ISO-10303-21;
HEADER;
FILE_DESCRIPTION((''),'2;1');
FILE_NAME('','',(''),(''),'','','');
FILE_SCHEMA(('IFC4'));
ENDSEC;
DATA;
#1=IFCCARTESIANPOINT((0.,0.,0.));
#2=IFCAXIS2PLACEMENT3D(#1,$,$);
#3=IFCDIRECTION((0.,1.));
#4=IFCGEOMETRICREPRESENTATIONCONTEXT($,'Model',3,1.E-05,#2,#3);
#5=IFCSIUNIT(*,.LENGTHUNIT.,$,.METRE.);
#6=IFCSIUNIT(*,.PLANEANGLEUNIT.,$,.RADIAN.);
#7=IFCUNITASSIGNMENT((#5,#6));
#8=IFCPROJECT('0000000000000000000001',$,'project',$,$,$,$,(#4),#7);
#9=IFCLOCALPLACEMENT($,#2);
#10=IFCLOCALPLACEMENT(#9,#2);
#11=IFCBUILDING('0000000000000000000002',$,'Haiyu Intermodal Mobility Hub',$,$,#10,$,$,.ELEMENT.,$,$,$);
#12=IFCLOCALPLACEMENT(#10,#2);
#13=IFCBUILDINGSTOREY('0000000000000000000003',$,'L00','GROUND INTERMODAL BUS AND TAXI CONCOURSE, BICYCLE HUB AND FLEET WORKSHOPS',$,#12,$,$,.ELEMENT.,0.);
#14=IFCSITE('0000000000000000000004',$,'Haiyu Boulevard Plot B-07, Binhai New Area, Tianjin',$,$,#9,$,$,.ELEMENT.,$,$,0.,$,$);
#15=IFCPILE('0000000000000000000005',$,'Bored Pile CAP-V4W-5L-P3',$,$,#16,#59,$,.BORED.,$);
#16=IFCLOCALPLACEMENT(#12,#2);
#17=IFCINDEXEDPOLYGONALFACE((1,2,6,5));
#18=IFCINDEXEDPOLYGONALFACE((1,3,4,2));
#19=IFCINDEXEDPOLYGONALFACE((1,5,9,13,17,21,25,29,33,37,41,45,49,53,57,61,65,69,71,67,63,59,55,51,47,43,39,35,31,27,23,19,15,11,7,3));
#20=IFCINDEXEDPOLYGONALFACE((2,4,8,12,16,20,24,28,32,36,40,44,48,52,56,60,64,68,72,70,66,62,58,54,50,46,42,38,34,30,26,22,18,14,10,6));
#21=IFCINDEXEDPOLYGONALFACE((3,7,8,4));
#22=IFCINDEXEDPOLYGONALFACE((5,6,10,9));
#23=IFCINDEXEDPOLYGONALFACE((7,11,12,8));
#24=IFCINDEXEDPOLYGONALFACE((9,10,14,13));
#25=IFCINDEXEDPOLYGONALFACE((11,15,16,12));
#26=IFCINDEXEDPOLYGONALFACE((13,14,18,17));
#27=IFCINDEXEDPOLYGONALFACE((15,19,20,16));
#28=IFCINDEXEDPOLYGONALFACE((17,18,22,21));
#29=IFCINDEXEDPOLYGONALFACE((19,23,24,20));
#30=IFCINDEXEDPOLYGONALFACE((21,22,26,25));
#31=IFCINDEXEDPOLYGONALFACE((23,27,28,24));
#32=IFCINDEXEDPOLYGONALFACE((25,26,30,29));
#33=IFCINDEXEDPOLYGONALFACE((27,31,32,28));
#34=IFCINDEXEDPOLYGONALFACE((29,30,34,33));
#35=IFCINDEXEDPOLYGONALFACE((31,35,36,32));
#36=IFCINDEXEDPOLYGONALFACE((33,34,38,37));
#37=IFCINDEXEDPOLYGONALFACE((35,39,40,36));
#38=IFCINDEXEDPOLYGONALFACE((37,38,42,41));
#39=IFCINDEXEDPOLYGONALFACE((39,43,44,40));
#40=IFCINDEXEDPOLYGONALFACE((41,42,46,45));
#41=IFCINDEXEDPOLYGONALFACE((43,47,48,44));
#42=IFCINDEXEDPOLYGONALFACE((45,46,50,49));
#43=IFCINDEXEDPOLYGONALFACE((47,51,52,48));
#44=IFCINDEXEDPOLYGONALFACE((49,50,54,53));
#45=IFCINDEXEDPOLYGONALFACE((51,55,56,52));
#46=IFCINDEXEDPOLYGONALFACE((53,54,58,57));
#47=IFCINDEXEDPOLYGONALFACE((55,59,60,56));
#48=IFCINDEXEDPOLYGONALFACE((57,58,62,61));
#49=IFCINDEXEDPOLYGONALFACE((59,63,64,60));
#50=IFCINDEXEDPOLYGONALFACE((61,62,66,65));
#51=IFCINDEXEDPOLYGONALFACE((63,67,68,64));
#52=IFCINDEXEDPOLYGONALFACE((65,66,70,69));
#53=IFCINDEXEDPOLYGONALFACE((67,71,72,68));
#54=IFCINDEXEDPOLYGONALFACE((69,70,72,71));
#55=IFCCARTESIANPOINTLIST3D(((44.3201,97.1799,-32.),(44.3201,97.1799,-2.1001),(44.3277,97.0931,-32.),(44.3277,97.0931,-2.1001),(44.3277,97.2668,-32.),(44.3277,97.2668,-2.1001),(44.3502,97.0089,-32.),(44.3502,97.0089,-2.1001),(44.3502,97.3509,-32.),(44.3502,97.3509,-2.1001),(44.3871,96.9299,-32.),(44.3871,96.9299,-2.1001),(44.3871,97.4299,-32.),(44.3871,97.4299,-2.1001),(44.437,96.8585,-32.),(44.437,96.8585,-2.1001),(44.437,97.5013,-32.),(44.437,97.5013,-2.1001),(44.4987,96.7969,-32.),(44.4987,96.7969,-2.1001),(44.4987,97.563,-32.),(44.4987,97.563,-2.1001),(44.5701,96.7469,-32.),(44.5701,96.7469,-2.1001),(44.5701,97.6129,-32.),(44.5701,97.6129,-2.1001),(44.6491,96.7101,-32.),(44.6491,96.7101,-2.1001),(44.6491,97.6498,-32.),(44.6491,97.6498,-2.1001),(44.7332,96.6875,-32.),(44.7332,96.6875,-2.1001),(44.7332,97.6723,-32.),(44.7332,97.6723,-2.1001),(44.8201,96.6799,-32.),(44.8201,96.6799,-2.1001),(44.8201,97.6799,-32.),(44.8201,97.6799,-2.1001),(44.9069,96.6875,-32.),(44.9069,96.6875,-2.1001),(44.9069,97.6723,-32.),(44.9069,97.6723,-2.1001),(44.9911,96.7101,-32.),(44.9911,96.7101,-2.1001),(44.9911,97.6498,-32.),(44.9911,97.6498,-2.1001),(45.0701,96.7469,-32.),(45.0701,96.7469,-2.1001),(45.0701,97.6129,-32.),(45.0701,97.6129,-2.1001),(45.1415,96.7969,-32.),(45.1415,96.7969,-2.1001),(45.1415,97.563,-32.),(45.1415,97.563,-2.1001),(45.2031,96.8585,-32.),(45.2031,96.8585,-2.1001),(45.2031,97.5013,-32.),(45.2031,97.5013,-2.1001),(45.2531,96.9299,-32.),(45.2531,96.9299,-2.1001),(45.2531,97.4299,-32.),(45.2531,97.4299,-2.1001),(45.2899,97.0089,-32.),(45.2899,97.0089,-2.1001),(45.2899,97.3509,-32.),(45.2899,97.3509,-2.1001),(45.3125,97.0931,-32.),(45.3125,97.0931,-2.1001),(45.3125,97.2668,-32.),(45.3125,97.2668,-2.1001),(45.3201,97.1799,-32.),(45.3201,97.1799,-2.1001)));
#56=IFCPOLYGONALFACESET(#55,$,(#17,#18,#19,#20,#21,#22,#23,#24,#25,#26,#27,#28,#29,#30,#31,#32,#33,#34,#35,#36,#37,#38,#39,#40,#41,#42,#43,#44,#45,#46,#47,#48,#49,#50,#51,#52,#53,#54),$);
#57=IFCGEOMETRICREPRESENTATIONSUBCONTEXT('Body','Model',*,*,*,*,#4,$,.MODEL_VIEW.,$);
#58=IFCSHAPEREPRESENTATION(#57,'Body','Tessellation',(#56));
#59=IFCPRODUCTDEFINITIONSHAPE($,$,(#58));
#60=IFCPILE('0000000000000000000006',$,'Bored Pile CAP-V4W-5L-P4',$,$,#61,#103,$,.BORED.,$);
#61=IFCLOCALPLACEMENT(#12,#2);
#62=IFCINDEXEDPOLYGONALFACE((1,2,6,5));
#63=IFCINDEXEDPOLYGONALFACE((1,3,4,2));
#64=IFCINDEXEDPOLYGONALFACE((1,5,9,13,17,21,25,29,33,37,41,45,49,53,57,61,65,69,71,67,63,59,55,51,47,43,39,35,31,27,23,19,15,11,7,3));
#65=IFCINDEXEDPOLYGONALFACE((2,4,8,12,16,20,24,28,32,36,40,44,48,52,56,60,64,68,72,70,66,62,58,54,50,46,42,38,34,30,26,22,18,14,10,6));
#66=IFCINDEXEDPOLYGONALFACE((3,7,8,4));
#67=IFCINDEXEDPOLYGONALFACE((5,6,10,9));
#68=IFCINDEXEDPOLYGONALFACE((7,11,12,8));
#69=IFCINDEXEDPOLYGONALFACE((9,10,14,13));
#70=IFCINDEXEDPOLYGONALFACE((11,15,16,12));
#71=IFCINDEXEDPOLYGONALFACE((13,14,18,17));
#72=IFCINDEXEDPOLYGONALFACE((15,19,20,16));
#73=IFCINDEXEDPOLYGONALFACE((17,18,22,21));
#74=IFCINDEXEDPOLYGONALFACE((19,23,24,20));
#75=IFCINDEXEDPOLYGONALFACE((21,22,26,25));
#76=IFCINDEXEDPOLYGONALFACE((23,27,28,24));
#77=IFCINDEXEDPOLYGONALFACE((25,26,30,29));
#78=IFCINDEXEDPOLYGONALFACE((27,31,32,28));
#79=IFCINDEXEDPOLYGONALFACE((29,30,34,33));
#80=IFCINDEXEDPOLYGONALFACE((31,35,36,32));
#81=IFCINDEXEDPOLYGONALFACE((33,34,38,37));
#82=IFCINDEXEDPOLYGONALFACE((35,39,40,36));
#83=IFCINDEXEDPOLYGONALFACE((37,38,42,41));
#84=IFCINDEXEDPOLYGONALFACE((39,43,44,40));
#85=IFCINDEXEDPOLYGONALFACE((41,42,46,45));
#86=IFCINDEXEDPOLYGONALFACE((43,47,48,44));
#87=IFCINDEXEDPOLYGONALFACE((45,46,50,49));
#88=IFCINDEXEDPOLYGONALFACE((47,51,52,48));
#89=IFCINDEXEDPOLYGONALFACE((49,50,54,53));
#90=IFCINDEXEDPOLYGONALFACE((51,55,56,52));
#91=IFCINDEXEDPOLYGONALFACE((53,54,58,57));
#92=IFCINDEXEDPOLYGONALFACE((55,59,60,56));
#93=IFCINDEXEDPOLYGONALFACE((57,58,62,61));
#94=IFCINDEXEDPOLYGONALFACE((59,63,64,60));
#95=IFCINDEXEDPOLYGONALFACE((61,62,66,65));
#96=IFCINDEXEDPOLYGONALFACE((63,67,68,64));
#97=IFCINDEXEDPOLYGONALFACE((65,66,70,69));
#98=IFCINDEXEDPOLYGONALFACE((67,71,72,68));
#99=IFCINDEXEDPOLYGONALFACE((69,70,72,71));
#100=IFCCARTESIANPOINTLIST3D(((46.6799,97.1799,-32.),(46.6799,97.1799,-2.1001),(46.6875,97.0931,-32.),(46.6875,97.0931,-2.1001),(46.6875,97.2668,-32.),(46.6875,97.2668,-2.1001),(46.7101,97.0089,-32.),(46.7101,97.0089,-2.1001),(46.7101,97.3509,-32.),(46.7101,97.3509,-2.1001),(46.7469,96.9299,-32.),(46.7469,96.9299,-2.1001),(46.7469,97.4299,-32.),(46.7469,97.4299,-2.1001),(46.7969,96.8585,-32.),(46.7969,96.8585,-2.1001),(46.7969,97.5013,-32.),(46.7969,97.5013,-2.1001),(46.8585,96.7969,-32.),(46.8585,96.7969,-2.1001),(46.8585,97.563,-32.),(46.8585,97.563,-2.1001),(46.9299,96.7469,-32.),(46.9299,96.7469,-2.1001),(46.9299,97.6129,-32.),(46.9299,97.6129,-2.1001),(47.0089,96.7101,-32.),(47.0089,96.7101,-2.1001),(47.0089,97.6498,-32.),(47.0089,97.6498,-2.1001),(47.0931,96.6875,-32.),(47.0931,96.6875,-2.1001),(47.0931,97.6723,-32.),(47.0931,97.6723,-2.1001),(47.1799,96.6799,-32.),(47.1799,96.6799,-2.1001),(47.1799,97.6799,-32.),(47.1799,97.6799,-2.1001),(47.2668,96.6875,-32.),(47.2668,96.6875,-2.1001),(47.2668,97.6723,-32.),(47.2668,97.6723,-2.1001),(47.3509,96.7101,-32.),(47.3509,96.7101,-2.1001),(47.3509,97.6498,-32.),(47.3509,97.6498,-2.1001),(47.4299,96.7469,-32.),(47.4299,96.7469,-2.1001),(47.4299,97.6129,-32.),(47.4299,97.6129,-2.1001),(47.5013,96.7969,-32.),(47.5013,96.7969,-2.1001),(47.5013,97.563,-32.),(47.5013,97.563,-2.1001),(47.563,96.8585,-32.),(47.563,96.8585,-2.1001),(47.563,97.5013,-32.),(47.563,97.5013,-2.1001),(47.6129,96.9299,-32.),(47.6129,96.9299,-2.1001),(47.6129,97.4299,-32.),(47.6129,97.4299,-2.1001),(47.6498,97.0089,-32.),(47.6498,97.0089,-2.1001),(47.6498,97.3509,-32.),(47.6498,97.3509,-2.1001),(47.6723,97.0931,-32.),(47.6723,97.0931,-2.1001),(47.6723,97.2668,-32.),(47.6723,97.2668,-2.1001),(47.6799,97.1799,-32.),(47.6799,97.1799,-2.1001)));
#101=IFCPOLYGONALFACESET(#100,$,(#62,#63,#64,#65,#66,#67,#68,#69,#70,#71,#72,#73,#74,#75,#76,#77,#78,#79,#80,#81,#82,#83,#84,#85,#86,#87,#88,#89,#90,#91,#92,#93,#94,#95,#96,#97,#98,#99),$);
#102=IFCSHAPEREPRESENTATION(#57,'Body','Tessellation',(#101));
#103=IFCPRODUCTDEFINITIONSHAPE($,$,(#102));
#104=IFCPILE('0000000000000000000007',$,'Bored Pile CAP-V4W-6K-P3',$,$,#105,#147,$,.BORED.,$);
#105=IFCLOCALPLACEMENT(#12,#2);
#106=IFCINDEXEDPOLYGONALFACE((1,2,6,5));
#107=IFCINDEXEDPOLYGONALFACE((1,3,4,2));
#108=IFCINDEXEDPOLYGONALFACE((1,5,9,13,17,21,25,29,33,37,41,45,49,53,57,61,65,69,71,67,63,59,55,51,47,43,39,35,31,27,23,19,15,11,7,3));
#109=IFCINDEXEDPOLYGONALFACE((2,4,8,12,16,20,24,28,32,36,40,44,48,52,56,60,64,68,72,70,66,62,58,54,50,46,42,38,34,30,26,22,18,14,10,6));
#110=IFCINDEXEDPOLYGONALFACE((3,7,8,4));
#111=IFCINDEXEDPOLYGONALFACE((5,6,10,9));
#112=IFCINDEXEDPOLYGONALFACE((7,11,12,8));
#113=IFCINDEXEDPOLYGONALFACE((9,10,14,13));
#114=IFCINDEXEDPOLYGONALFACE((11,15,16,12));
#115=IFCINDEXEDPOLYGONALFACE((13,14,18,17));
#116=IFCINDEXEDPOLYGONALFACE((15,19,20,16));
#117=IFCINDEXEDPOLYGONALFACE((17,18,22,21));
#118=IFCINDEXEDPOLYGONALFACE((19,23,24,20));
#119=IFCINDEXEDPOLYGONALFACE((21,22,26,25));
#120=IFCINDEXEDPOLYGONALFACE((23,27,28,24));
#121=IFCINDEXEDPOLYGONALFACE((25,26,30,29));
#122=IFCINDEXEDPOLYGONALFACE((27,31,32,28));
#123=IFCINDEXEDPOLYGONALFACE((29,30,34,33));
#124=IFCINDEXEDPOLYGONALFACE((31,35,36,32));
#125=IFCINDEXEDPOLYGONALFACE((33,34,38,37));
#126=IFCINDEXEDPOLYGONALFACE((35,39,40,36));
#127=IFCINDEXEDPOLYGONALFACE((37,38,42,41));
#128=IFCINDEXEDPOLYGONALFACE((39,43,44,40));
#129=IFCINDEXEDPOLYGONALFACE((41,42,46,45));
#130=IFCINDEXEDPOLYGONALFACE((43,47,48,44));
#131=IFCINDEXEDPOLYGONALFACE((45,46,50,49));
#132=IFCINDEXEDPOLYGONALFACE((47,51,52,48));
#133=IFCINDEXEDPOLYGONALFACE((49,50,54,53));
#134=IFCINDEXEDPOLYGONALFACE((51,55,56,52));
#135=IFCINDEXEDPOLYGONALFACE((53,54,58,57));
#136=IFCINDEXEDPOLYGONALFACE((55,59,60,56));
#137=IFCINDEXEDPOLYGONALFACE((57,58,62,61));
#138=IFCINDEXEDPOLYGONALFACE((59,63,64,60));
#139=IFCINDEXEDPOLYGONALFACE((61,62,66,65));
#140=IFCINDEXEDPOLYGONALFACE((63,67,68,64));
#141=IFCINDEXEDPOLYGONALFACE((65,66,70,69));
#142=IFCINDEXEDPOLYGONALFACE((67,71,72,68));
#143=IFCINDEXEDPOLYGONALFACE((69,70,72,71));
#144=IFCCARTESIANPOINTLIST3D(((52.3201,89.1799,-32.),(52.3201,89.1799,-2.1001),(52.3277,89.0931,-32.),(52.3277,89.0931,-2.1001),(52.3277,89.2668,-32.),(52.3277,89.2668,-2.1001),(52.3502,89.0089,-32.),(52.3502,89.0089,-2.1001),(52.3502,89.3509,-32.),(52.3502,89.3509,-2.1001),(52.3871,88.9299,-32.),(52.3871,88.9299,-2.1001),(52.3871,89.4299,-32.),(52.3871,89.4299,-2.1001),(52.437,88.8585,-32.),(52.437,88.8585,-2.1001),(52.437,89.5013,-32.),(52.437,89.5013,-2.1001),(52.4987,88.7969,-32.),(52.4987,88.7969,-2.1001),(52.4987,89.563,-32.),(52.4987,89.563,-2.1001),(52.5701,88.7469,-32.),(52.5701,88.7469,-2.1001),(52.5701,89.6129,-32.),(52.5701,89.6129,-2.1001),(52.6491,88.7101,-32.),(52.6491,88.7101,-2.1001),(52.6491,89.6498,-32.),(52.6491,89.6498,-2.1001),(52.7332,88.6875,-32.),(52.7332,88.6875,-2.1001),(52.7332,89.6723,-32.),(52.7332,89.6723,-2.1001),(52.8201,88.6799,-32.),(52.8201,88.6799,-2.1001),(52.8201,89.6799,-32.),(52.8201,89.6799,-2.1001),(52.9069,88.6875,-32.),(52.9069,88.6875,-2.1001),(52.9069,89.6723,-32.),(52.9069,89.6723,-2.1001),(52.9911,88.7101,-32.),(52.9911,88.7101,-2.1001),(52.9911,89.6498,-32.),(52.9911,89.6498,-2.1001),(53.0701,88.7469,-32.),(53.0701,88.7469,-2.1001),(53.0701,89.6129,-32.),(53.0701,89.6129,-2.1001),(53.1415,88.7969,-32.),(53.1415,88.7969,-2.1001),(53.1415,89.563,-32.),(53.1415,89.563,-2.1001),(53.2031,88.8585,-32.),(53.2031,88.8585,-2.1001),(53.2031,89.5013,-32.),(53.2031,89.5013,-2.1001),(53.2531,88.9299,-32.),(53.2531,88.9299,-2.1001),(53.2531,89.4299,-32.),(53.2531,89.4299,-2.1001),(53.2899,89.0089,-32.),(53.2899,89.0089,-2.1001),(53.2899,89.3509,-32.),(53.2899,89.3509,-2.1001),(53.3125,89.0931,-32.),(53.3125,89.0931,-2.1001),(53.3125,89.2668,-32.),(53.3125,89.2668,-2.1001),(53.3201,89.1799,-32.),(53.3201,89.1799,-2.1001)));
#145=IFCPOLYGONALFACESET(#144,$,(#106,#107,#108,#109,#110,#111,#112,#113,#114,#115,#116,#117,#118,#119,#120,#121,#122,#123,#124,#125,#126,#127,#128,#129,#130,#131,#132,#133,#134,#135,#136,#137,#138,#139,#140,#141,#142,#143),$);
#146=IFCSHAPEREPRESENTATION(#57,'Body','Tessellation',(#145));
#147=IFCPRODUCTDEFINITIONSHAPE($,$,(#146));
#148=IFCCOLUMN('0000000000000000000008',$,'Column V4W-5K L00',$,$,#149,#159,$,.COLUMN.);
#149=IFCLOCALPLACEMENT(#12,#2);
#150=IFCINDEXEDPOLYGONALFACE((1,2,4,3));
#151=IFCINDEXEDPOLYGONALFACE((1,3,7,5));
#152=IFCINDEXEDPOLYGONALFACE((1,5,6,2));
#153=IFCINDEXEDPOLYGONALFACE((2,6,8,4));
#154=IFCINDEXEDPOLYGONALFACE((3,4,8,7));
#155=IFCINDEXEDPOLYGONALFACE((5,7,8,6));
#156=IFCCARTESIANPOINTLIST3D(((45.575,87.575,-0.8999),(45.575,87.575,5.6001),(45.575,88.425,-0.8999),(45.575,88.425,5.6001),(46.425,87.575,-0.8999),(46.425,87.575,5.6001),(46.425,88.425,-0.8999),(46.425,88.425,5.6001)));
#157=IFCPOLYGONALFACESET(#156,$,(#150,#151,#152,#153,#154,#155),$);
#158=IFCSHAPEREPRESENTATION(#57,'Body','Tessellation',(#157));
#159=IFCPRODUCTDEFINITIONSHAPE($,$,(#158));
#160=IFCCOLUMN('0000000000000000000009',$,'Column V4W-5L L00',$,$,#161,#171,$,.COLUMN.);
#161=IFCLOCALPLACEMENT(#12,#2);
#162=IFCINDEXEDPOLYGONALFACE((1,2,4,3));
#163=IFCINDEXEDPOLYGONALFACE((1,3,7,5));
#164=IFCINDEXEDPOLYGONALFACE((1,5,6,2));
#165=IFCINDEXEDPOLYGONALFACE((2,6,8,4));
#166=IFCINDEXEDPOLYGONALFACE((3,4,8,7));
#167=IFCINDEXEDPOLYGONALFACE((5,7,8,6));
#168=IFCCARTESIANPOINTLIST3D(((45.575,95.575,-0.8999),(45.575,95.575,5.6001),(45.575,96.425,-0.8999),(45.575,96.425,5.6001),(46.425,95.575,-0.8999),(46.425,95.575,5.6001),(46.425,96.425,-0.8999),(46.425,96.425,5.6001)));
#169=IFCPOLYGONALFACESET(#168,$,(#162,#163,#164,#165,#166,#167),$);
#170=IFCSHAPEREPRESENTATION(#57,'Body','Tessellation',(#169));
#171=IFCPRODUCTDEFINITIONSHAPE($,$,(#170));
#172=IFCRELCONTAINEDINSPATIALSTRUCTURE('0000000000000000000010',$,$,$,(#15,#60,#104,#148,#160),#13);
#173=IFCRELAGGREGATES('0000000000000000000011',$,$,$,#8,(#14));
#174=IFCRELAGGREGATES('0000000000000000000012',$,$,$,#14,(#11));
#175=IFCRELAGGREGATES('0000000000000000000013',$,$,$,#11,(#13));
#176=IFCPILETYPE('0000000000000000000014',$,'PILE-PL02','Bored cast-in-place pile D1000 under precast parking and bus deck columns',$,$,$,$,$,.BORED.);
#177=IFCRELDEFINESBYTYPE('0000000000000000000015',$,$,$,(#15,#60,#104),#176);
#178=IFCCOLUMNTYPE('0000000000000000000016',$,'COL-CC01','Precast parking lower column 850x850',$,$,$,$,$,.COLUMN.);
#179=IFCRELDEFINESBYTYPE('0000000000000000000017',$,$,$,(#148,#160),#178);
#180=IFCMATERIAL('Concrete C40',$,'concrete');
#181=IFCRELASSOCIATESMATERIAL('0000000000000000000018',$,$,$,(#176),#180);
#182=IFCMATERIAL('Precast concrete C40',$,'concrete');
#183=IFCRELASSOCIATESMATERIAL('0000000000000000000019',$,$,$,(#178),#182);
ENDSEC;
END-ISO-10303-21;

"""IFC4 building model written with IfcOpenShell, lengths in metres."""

from ifc_helpers import new_model, si_unit, direction, frame, origin, origin_2d, place, context, subcontext, project, spatial, rectangle, circle, extrude, material, material_profile, profile_set, type_object, element, save


model = new_model("IFC4")

# Units and contexts
model_context = context("Model", 3, precision=1e-05, world=origin(), true_north=direction((0.0, 1.0)))
body_context = subcontext(model_context, "Body", "Model", "MODEL_VIEW")
ifc_project = project(units=[si_unit("LENGTHUNIT", "METRE"), si_unit("PLANEANGLEUNIT", "RADIAN")], contexts=[model_context])

# Site, building, storey
site_placement = place(None, origin())
site = spatial("IfcSite", under=ifc_project, at=site_placement, Name="Haiyu Boulevard Plot B-07, Binhai New Area, Tianjin", CompositionType="ELEMENT", RefElevation=0.0)
building_placement = place(site_placement, origin())
building = spatial("IfcBuilding", under=site, at=building_placement, Name="Haiyu Intermodal Mobility Hub", CompositionType="ELEMENT")
storey_placement = place(building_placement, origin())
storey = spatial("IfcBuildingStorey", under=building, at=storey_placement, Name="L00", Description="GROUND INTERMODAL BUS AND TAXI CONCOURSE, BICYCLE HUB AND FLEET WORKSHOPS", CompositionType="ELEMENT", Elevation=0.0)

# Shared definitions
ifc_material_1 = material(Name="Concrete C40", Category="concrete")

# Piles
ifc_material_profile_1 = material_profile(ifc_material_1, circle(Radius=0.5, at=origin_2d()), Name="PILE-D1000")
ifc_profile_set_1 = profile_set([ifc_material_profile_1], Name="Concrete C40")
pile_type = type_object("IfcPileType", Name="PILE-PL02", Description="Bored cast-in-place pile D1000 under precast parking and bus deck columns", PredefinedType="BORED", material=ifc_profile_set_1)
for number, where, z_axis, x_axis, name in (
    (1, (44.8201, 97.1799, -2.1001), (0.0, 0.0, -1.0), (1.0, 0.0, 0.0), "Bored Pile CAP-V4W-5L-P3"),
    (2, (47.1799, 97.1799, -2.1001), (0.0, 0.0, -1.0), (1.0, 0.0, 0.0), "Bored Pile CAP-V4W-5L-P4"),
    (3, (52.8201, 89.1799, -2.1001), (0.0, 0.0, -1.0), (1.0, 0.0, 0.0), "Bored Pile CAP-V4W-6K-P3"),
):
    element("IfcPile", number, at=place(storey_placement, frame(where, z_axis=z_axis, x_axis=x_axis)), inside=storey, type_object=pile_type, Name=name, PredefinedType="BORED", context=body_context, shape_type="SweptSolid", body=[
        extrude(circle(Radius=0.5, at=origin_2d()), origin(), (0.0, 0.0, 1.0), 29.8999),
    ])

# Columns
ifc_material_2 = material(Name="Precast concrete C40", Category="concrete")
ifc_material_profile_2 = material_profile(ifc_material_2, rectangle(XDim=0.8501, YDim=0.8501, at=origin_2d()), Name="RC850x850")
ifc_profile_set_2 = profile_set([ifc_material_profile_2], Name="Precast concrete C40")
column_type = type_object("IfcColumnType", Name="COL-CC01", Description="Precast parking lower column 850x850", PredefinedType="COLUMN", material=ifc_profile_set_2)
for number, where, z_axis, x_axis, name in (
    (4, (46.0, 88.0, -0.8999), (0.0, 0.0, 1.0), (1.0, 0.0, 0.0), "Column V4W-5K L00"),
    (5, (46.0, 96.0, -0.8999), (0.0, 0.0, 1.0), (1.0, 0.0, 0.0), "Column V4W-5L L00"),
):
    element("IfcColumn", number, at=place(storey_placement, frame(where, z_axis=z_axis, x_axis=x_axis)), inside=storey, type_object=column_type, Name=name, PredefinedType="COLUMN", context=body_context, shape_type="SweptSolid", body=[
        extrude(rectangle(XDim=0.8501, YDim=0.8501, at=origin_2d()), origin(), (0.0, 0.0, 1.0), 6.5),
    ])

save(model, "model.ifc")
